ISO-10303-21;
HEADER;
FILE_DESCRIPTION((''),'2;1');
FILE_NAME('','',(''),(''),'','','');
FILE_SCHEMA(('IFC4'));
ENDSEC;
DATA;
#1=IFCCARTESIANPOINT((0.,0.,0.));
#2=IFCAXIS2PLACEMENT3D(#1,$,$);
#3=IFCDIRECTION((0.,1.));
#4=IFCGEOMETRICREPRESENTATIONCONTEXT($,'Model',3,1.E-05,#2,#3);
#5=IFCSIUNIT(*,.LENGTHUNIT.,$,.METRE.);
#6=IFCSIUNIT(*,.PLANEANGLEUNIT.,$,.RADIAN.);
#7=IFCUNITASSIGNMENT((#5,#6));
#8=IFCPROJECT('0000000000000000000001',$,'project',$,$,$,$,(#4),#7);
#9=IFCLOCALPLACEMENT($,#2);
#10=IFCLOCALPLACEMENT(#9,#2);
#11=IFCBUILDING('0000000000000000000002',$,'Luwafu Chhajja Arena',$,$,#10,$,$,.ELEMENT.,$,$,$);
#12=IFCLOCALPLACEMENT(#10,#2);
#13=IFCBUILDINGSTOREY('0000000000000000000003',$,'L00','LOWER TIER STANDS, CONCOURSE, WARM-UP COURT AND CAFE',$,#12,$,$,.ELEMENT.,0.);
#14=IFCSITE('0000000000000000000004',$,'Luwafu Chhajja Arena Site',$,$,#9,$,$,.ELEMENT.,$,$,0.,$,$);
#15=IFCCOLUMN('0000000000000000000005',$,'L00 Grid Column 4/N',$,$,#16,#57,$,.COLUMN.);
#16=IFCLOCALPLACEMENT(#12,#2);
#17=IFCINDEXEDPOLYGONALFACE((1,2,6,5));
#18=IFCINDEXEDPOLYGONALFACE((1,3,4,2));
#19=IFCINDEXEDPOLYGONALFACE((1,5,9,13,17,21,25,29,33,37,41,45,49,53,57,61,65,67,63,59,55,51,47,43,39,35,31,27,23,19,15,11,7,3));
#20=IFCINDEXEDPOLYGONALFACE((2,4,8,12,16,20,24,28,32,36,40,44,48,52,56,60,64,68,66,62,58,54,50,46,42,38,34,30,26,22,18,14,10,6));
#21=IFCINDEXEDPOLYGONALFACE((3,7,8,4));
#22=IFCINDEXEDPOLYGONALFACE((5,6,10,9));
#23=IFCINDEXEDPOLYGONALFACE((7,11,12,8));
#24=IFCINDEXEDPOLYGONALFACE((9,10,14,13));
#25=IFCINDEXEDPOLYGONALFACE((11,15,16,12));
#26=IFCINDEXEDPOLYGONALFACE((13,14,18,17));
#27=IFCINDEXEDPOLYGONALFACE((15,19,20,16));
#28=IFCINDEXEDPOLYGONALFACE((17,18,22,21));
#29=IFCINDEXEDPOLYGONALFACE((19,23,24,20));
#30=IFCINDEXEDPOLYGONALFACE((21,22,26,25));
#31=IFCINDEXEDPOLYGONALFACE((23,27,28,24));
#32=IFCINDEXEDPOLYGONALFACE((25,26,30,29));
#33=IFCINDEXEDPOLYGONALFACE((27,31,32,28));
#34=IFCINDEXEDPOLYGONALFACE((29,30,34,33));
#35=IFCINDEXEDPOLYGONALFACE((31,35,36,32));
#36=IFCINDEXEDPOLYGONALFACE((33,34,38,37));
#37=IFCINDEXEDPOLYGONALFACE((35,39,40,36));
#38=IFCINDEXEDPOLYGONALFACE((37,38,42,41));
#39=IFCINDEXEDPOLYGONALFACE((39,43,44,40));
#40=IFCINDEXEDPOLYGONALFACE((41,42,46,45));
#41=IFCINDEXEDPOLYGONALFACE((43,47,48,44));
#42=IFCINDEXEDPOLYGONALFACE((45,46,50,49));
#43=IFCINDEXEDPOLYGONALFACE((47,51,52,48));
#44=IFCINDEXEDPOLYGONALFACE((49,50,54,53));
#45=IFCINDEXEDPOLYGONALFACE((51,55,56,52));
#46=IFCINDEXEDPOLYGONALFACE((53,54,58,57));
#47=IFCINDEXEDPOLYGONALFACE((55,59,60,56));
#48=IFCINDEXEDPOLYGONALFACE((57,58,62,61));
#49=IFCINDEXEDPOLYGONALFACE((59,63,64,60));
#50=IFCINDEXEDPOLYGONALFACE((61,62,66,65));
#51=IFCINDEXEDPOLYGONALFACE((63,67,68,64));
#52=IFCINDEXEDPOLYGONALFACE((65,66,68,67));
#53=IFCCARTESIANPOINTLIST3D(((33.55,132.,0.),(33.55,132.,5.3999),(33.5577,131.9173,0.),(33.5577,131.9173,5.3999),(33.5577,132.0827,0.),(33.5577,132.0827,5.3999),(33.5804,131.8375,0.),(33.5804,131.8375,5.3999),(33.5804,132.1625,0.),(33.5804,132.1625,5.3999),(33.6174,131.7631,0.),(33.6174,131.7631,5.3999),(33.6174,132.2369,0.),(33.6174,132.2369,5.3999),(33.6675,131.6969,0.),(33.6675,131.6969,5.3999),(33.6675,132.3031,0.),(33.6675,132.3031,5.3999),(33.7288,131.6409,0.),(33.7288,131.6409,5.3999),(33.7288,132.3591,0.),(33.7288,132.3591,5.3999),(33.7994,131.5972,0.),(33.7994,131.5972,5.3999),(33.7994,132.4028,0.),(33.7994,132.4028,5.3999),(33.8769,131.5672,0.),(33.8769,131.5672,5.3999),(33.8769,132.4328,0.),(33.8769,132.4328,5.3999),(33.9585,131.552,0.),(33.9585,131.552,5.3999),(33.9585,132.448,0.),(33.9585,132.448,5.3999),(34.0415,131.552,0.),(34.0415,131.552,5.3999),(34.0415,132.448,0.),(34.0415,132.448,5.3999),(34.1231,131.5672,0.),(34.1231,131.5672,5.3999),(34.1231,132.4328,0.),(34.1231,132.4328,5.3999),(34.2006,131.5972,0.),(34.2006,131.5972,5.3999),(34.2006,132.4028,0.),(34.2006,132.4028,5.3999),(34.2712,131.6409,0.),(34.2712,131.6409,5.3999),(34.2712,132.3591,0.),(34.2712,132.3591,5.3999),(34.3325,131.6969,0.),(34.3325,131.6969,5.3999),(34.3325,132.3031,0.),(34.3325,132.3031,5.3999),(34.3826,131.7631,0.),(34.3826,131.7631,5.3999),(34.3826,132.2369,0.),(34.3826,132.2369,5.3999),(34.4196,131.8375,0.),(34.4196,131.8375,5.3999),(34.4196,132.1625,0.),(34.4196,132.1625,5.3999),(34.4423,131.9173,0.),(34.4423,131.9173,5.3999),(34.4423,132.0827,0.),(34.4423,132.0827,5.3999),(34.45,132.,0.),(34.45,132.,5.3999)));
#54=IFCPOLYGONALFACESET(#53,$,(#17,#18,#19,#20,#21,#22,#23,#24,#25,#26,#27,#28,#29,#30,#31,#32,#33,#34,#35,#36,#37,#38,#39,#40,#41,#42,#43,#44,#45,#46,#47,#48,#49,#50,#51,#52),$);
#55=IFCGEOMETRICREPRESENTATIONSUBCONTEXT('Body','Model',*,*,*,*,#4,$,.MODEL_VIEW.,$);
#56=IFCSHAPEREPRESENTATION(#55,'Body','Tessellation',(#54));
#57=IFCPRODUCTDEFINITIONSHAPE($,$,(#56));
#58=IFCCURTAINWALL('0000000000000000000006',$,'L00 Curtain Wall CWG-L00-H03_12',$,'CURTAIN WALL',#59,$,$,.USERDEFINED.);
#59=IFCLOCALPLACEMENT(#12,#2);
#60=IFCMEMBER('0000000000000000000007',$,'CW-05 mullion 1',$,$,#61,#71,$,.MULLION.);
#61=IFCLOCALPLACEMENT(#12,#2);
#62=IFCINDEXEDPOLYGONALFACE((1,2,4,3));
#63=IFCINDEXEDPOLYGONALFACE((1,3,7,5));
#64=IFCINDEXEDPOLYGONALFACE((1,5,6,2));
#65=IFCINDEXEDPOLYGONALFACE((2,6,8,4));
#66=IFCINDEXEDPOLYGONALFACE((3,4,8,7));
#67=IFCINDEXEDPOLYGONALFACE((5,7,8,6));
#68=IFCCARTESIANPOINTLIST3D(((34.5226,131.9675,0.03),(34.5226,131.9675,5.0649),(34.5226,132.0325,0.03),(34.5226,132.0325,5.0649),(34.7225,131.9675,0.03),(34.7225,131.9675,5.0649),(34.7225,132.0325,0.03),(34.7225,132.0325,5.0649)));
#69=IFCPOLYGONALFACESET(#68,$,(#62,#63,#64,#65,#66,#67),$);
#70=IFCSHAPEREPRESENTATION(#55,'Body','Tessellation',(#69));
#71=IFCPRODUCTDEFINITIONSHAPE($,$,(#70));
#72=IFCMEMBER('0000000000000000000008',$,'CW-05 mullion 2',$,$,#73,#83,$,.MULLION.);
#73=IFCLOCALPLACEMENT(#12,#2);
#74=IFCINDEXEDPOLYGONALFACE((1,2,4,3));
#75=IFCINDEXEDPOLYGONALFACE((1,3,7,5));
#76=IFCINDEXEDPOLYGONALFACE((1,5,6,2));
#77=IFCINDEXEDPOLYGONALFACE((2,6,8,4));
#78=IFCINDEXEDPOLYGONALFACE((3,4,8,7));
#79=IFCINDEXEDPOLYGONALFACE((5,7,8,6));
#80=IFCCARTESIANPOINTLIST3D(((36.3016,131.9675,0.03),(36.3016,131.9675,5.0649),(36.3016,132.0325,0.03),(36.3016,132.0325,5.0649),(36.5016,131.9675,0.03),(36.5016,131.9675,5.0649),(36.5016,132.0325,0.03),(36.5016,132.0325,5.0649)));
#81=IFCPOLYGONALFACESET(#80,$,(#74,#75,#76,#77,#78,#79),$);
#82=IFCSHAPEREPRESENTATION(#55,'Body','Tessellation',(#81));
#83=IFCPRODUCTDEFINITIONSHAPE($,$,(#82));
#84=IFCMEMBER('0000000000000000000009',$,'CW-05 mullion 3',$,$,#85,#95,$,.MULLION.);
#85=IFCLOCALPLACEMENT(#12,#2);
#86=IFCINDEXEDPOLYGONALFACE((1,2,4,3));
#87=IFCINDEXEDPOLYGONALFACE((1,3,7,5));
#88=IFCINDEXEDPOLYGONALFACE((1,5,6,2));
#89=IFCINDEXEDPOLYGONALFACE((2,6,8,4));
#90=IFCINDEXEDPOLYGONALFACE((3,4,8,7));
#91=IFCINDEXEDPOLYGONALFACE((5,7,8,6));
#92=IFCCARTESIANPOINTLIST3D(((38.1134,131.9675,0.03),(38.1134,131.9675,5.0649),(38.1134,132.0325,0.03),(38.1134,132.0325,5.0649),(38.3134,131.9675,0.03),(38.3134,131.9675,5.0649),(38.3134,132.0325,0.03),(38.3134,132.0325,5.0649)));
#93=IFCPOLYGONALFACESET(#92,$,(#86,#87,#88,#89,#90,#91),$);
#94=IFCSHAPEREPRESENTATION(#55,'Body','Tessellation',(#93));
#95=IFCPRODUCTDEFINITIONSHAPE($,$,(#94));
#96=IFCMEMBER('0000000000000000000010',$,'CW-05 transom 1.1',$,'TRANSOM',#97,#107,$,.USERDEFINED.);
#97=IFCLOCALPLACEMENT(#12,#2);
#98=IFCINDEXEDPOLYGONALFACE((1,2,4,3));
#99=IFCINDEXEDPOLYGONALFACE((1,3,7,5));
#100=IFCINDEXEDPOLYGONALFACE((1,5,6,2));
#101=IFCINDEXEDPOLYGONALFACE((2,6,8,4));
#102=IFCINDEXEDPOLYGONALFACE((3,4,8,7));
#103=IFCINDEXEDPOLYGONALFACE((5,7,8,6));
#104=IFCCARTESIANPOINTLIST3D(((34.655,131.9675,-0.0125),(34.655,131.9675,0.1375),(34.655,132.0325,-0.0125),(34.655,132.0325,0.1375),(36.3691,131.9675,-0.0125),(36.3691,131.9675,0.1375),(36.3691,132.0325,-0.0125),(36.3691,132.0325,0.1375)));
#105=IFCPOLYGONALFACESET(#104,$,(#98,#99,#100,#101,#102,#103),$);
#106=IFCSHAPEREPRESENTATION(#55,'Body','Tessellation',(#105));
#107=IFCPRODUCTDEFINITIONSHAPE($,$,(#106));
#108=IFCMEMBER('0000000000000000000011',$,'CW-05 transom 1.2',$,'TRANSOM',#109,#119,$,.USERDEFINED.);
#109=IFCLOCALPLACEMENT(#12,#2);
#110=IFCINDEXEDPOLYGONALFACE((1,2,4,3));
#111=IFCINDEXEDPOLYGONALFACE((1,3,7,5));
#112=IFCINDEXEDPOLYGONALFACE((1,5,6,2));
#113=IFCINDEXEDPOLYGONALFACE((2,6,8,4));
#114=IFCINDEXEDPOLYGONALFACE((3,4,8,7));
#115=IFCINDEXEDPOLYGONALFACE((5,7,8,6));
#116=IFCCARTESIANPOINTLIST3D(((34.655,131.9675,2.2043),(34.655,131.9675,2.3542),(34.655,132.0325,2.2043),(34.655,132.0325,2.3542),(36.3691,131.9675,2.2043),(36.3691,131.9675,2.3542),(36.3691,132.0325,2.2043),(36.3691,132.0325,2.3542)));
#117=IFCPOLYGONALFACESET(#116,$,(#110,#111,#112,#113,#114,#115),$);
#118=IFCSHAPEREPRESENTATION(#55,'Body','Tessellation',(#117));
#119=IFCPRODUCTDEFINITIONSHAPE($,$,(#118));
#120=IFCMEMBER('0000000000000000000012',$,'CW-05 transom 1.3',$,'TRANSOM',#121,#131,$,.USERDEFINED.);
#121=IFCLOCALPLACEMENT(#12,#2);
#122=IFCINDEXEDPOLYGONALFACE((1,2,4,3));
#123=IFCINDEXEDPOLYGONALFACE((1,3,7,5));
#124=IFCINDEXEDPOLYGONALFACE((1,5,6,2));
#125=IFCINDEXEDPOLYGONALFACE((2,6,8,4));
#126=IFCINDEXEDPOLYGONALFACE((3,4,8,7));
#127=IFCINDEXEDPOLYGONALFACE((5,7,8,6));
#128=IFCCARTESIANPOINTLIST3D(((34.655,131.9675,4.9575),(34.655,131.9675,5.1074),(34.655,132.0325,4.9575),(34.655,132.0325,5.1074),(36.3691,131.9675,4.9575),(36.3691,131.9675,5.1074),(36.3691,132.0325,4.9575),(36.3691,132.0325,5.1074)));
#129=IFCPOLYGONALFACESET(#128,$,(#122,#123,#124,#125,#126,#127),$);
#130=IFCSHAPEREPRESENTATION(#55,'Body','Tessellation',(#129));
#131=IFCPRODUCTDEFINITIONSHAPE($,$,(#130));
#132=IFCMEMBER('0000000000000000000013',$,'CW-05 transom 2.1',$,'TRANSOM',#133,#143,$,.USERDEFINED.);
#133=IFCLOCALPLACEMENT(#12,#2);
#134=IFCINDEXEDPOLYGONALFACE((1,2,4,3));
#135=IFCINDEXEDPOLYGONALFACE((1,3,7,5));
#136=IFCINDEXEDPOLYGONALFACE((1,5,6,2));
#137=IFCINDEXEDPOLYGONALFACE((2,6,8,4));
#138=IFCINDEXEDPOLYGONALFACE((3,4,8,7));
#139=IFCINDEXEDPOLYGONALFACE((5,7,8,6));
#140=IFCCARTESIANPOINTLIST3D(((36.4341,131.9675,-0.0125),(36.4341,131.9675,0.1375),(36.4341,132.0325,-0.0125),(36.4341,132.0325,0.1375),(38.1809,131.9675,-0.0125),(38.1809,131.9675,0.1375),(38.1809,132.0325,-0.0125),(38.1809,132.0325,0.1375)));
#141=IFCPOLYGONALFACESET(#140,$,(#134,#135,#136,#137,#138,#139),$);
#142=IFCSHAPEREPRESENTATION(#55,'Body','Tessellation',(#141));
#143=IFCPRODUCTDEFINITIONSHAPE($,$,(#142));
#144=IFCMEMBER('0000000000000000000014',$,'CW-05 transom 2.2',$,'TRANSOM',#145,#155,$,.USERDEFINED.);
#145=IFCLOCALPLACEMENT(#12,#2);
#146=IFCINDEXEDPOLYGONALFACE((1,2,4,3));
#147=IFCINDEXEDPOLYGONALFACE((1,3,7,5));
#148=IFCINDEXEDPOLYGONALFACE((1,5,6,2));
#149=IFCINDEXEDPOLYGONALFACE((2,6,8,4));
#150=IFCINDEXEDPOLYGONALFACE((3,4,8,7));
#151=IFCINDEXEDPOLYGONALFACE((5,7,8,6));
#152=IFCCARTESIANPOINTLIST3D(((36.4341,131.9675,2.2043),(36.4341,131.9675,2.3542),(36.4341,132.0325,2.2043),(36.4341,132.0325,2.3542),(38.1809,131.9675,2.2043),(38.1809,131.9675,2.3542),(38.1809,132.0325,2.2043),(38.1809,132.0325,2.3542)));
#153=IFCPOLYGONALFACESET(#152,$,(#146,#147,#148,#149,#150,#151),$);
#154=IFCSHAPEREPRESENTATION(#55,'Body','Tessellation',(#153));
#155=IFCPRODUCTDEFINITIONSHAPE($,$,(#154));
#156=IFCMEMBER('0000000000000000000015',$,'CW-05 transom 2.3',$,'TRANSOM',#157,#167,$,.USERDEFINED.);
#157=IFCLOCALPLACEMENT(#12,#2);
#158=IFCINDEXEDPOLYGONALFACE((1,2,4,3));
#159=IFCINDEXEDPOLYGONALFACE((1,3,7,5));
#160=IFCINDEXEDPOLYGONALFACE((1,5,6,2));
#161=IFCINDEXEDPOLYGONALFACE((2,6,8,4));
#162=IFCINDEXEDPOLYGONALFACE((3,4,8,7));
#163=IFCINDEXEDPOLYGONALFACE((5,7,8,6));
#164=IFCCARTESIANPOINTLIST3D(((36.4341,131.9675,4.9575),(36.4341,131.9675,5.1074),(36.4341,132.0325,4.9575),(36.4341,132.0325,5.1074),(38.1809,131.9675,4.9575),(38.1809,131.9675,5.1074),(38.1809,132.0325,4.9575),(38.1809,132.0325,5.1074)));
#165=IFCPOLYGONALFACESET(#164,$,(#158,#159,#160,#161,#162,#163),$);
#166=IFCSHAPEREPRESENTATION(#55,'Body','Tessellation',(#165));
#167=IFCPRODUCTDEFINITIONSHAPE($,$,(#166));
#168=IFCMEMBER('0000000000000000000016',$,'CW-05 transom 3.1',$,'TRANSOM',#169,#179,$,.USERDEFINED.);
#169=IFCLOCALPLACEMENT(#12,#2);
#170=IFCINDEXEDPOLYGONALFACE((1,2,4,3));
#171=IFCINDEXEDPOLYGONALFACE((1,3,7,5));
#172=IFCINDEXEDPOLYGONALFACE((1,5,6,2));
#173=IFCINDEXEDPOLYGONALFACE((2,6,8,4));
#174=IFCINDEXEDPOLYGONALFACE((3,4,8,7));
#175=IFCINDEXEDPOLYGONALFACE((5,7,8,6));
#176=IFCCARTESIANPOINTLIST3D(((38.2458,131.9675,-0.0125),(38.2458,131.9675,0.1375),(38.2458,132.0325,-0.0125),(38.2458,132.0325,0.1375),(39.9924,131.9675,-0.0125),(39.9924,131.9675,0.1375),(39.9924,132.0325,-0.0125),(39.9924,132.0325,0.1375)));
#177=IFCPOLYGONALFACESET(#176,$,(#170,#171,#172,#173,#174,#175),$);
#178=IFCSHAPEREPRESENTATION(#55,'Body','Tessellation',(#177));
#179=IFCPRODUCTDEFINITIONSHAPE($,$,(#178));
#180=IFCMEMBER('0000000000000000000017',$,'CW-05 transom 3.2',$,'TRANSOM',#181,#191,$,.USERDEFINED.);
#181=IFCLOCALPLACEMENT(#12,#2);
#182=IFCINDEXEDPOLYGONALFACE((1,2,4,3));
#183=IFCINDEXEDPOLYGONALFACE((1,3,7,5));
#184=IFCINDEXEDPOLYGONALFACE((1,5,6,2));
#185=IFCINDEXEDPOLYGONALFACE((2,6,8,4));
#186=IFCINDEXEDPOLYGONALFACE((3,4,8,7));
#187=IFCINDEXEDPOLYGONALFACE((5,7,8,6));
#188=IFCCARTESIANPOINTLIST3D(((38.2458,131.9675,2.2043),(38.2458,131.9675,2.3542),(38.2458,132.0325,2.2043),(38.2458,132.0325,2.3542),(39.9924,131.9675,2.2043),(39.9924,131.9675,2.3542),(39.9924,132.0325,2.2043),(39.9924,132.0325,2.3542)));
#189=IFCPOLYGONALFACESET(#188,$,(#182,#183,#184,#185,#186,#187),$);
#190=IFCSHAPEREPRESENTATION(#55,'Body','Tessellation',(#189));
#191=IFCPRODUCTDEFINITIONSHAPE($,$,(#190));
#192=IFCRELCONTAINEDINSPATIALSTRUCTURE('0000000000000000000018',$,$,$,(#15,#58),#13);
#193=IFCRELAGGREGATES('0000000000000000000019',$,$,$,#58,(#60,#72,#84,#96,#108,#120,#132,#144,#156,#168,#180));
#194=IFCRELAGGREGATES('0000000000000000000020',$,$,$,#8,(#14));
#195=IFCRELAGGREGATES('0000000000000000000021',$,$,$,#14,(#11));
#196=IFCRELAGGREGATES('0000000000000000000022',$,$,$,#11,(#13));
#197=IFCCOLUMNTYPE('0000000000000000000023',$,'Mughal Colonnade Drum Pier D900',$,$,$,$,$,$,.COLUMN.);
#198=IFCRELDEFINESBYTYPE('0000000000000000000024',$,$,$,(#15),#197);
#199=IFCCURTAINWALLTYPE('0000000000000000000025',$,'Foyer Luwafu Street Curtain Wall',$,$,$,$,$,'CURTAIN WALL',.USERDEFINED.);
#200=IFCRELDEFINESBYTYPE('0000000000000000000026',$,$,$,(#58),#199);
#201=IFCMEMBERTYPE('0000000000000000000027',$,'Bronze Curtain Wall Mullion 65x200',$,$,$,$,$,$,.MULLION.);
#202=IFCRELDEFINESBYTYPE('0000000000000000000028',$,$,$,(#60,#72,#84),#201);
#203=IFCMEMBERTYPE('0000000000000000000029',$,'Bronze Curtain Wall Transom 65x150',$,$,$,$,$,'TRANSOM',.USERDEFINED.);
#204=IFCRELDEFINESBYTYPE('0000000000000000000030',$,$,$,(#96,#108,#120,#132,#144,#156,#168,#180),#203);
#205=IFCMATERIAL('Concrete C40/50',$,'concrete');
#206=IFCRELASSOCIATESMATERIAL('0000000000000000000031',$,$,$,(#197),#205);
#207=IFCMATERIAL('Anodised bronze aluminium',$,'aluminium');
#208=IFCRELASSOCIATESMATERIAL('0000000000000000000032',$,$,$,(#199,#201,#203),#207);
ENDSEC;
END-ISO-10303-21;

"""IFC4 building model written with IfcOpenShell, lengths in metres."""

from ifc_helpers import new_model, si_unit, direction, frame, origin, origin_2d, place, context, subcontext, project, spatial, rectangle, circle, extrude, material, material_profile, profile_set, type_object, element, aggregate, save


model = new_model("IFC4")

# Units and contexts
model_context = context("Model", 3, precision=1e-05, world=origin(), true_north=direction((0.0, 1.0)))
body_context = subcontext(model_context, "Body", "Model", "MODEL_VIEW")
ifc_project = project(units=[si_unit("LENGTHUNIT", "METRE"), si_unit("PLANEANGLEUNIT", "RADIAN")], contexts=[model_context])

# Site, building, storey
site_placement = place(None, origin())
site = spatial("IfcSite", under=ifc_project, at=site_placement, Name="Luwafu Chhajja Arena Site", CompositionType="ELEMENT", RefElevation=0.0)
building_placement = place(site_placement, origin())
building = spatial("IfcBuilding", under=site, at=building_placement, Name="Luwafu Chhajja Arena", CompositionType="ELEMENT")
storey_placement = place(building_placement, origin())
storey = spatial("IfcBuildingStorey", under=building, at=storey_placement, Name="L00", Description="LOWER TIER STANDS, CONCOURSE, WARM-UP COURT AND CAFE", CompositionType="ELEMENT", Elevation=0.0)

# Column
ifc_material_1 = material(Name="Concrete C40/50", Category="concrete")
ifc_material_profile_1 = material_profile(ifc_material_1, circle(Radius=0.45, at=origin_2d()), Name="RC COL D900")
ifc_profile_set_1 = profile_set([ifc_material_profile_1], Name="Concrete C40/50")
column_type = type_object("IfcColumnType", Name="Mughal Colonnade Drum Pier D900", PredefinedType="COLUMN", material=ifc_profile_set_1)
column_placement = place(storey_placement, frame((34.0, 132.0, 0.0), z_axis=(0.0, 0.0, 1.0), x_axis=(1.0, 0.0, 0.0)))
element("IfcColumn", 1, at=column_placement, inside=storey, type_object=column_type, Name="L00 Grid Column 4/N", PredefinedType="COLUMN", context=body_context, shape_type="SweptSolid", body=[
    extrude(circle(Radius=0.45, at=origin_2d()), origin(), (0.0, 0.0, 1.0), 5.3999),
])

# Curtain wall, members
ifc_material_2 = material(Name="Anodised bronze aluminium", Category="aluminium")
curtain_wall_type = type_object("IfcCurtainWallType", Name="Foyer Luwafu Street Curtain Wall", ElementType="CURTAIN WALL", PredefinedType="USERDEFINED", material=ifc_material_2)
curtain_wall_placement = place(storey_placement, origin())
curtain_wall = element("IfcCurtainWall", 2, at=curtain_wall_placement, inside=storey, type_object=curtain_wall_type, Name="L00 Curtain Wall CWG-L00-H03_12", ObjectType="CURTAIN WALL", PredefinedType="USERDEFINED")
ifc_material_profile_2 = material_profile(ifc_material_2, rectangle(XDim=0.0649, YDim=0.2, at=origin_2d()), Name="CWM 65x200")
ifc_profile_set_2 = profile_set([ifc_material_profile_2], Name="Anodised bronze aluminium")
member_type_1 = type_object("IfcMemberType", Name="Bronze Curtain Wall Mullion 65x200", PredefinedType="MULLION", material=ifc_profile_set_2)
member_1_placement = place(storey_placement, frame((34.6226, 132.0, 0.03), z_axis=(0.0, 0.0, 1.0), x_axis=(0.0, 1.0, 0.0)))
member_1 = element("IfcMember", 3, at=member_1_placement, type_object=member_type_1, Name="CW-05 mullion 1", PredefinedType="MULLION", context=body_context, shape_type="SweptSolid", body=[
    extrude(rectangle(XDim=0.0649, YDim=0.2, at=origin_2d()), origin(), (0.0, 0.0, 1.0), 5.0349),
])
member_2_placement = place(storey_placement, frame((36.4016, 132.0, 0.03), z_axis=(0.0, 0.0, 1.0), x_axis=(0.0, 1.0, 0.0)))
member_2 = element("IfcMember", 4, at=member_2_placement, type_object=member_type_1, Name="CW-05 mullion 2", PredefinedType="MULLION", context=body_context, shape_type="SweptSolid", body=[
    extrude(rectangle(XDim=0.0649, YDim=0.2, at=origin_2d()), origin(), (0.0, 0.0, 1.0), 5.0349),
])
member_3_placement = place(storey_placement, frame((38.2134, 132.0, 0.03), z_axis=(0.0, 0.0, 1.0), x_axis=(0.0, 1.0, 0.0)))
member_3 = element("IfcMember", 5, at=member_3_placement, type_object=member_type_1, Name="CW-05 mullion 3", PredefinedType="MULLION", context=body_context, shape_type="SweptSolid", body=[
    extrude(rectangle(XDim=0.0649, YDim=0.2, at=origin_2d()), origin(), (0.0, 0.0, 1.0), 5.0349),
])
ifc_material_profile_3 = material_profile(ifc_material_2, rectangle(XDim=0.0649, YDim=0.1499, at=origin_2d()), Name="CWT 65x150")
ifc_profile_set_3 = profile_set([ifc_material_profile_3], Name="Anodised bronze aluminium")
member_type_2 = type_object("IfcMemberType", Name="Bronze Curtain Wall Transom 65x150", ElementType="TRANSOM", PredefinedType="USERDEFINED", material=ifc_profile_set_3)
member_4_placement = place(storey_placement, frame((34.655, 132.0, 0.0625), z_axis=(1.0, 0.0, 0.0), x_axis=(0.0, 1.0, 0.0)))
member_4 = element("IfcMember", 6, at=member_4_placement, type_object=member_type_2, Name="CW-05 transom 1.1", ObjectType="TRANSOM", PredefinedType="USERDEFINED", context=body_context, shape_type="SweptSolid", body=[
    extrude(rectangle(XDim=0.0649, YDim=0.1499, at=origin_2d()), origin(), (0.0, 0.0, 1.0), 1.7141),
])
member_5_placement = place(storey_placement, frame((34.655, 132.0, 2.2793), z_axis=(1.0, 0.0, 0.0), x_axis=(0.0, 1.0, 0.0)))
member_5 = element("IfcMember", 7, at=member_5_placement, type_object=member_type_2, Name="CW-05 transom 1.2", ObjectType="TRANSOM", PredefinedType="USERDEFINED", context=body_context, shape_type="SweptSolid", body=[
    extrude(rectangle(XDim=0.0649, YDim=0.1499, at=origin_2d()), origin(), (0.0, 0.0, 1.0), 1.7141),
])
member_6_placement = place(storey_placement, frame((34.655, 132.0, 5.0325), z_axis=(1.0, 0.0, 0.0), x_axis=(0.0, 1.0, 0.0)))
member_6 = element("IfcMember", 8, at=member_6_placement, type_object=member_type_2, Name="CW-05 transom 1.3", ObjectType="TRANSOM", PredefinedType="USERDEFINED", context=body_context, shape_type="SweptSolid", body=[
    extrude(rectangle(XDim=0.0649, YDim=0.1499, at=origin_2d()), origin(), (0.0, 0.0, 1.0), 1.7141),
])
member_7_placement = place(storey_placement, frame((36.4341, 132.0, 0.0625), z_axis=(1.0, 0.0, 0.0), x_axis=(0.0, 1.0, 0.0)))
member_7 = element("IfcMember", 9, at=member_7_placement, type_object=member_type_2, Name="CW-05 transom 2.1", ObjectType="TRANSOM", PredefinedType="USERDEFINED", context=body_context, shape_type="SweptSolid", body=[
    extrude(rectangle(XDim=0.0649, YDim=0.1499, at=origin_2d()), origin(), (0.0, 0.0, 1.0), 1.7468),
])
member_8_placement = place(storey_placement, frame((36.4341, 132.0, 2.2793), z_axis=(1.0, 0.0, 0.0), x_axis=(0.0, 1.0, 0.0)))
member_8 = element("IfcMember", 10, at=member_8_placement, type_object=member_type_2, Name="CW-05 transom 2.2", ObjectType="TRANSOM", PredefinedType="USERDEFINED", context=body_context, shape_type="SweptSolid", body=[
    extrude(rectangle(XDim=0.0649, YDim=0.1499, at=origin_2d()), origin(), (0.0, 0.0, 1.0), 1.7468),
])
member_9_placement = place(storey_placement, frame((36.4341, 132.0, 5.0325), z_axis=(1.0, 0.0, 0.0), x_axis=(0.0, 1.0, 0.0)))
member_9 = element("IfcMember", 11, at=member_9_placement, type_object=member_type_2, Name="CW-05 transom 2.3", ObjectType="TRANSOM", PredefinedType="USERDEFINED", context=body_context, shape_type="SweptSolid", body=[
    extrude(rectangle(XDim=0.0649, YDim=0.1499, at=origin_2d()), origin(), (0.0, 0.0, 1.0), 1.7468),
])
member_10_placement = place(storey_placement, frame((38.2458, 132.0, 0.0625), z_axis=(1.0, 0.0, 0.0), x_axis=(0.0, 1.0, 0.0)))
member_10 = element("IfcMember", 12, at=member_10_placement, type_object=member_type_2, Name="CW-05 transom 3.1", ObjectType="TRANSOM", PredefinedType="USERDEFINED", context=body_context, shape_type="SweptSolid", body=[
    extrude(rectangle(XDim=0.0649, YDim=0.1499, at=origin_2d()), origin(), (0.0, 0.0, 1.0), 1.7466),
])
member_11_placement = place(storey_placement, frame((38.2458, 132.0, 2.2793), z_axis=(1.0, 0.0, 0.0), x_axis=(0.0, 1.0, 0.0)))
member_11 = element("IfcMember", 13, at=member_11_placement, type_object=member_type_2, Name="CW-05 transom 3.2", ObjectType="TRANSOM", PredefinedType="USERDEFINED", context=body_context, shape_type="SweptSolid", body=[
    extrude(rectangle(XDim=0.0649, YDim=0.1499, at=origin_2d()), origin(), (0.0, 0.0, 1.0), 1.7466),
])

aggregate(curtain_wall, [member_1, member_2, member_3, member_4, member_5, member_6, member_7, member_8, member_9, member_10, member_11])

save(model, "model.ifc")
